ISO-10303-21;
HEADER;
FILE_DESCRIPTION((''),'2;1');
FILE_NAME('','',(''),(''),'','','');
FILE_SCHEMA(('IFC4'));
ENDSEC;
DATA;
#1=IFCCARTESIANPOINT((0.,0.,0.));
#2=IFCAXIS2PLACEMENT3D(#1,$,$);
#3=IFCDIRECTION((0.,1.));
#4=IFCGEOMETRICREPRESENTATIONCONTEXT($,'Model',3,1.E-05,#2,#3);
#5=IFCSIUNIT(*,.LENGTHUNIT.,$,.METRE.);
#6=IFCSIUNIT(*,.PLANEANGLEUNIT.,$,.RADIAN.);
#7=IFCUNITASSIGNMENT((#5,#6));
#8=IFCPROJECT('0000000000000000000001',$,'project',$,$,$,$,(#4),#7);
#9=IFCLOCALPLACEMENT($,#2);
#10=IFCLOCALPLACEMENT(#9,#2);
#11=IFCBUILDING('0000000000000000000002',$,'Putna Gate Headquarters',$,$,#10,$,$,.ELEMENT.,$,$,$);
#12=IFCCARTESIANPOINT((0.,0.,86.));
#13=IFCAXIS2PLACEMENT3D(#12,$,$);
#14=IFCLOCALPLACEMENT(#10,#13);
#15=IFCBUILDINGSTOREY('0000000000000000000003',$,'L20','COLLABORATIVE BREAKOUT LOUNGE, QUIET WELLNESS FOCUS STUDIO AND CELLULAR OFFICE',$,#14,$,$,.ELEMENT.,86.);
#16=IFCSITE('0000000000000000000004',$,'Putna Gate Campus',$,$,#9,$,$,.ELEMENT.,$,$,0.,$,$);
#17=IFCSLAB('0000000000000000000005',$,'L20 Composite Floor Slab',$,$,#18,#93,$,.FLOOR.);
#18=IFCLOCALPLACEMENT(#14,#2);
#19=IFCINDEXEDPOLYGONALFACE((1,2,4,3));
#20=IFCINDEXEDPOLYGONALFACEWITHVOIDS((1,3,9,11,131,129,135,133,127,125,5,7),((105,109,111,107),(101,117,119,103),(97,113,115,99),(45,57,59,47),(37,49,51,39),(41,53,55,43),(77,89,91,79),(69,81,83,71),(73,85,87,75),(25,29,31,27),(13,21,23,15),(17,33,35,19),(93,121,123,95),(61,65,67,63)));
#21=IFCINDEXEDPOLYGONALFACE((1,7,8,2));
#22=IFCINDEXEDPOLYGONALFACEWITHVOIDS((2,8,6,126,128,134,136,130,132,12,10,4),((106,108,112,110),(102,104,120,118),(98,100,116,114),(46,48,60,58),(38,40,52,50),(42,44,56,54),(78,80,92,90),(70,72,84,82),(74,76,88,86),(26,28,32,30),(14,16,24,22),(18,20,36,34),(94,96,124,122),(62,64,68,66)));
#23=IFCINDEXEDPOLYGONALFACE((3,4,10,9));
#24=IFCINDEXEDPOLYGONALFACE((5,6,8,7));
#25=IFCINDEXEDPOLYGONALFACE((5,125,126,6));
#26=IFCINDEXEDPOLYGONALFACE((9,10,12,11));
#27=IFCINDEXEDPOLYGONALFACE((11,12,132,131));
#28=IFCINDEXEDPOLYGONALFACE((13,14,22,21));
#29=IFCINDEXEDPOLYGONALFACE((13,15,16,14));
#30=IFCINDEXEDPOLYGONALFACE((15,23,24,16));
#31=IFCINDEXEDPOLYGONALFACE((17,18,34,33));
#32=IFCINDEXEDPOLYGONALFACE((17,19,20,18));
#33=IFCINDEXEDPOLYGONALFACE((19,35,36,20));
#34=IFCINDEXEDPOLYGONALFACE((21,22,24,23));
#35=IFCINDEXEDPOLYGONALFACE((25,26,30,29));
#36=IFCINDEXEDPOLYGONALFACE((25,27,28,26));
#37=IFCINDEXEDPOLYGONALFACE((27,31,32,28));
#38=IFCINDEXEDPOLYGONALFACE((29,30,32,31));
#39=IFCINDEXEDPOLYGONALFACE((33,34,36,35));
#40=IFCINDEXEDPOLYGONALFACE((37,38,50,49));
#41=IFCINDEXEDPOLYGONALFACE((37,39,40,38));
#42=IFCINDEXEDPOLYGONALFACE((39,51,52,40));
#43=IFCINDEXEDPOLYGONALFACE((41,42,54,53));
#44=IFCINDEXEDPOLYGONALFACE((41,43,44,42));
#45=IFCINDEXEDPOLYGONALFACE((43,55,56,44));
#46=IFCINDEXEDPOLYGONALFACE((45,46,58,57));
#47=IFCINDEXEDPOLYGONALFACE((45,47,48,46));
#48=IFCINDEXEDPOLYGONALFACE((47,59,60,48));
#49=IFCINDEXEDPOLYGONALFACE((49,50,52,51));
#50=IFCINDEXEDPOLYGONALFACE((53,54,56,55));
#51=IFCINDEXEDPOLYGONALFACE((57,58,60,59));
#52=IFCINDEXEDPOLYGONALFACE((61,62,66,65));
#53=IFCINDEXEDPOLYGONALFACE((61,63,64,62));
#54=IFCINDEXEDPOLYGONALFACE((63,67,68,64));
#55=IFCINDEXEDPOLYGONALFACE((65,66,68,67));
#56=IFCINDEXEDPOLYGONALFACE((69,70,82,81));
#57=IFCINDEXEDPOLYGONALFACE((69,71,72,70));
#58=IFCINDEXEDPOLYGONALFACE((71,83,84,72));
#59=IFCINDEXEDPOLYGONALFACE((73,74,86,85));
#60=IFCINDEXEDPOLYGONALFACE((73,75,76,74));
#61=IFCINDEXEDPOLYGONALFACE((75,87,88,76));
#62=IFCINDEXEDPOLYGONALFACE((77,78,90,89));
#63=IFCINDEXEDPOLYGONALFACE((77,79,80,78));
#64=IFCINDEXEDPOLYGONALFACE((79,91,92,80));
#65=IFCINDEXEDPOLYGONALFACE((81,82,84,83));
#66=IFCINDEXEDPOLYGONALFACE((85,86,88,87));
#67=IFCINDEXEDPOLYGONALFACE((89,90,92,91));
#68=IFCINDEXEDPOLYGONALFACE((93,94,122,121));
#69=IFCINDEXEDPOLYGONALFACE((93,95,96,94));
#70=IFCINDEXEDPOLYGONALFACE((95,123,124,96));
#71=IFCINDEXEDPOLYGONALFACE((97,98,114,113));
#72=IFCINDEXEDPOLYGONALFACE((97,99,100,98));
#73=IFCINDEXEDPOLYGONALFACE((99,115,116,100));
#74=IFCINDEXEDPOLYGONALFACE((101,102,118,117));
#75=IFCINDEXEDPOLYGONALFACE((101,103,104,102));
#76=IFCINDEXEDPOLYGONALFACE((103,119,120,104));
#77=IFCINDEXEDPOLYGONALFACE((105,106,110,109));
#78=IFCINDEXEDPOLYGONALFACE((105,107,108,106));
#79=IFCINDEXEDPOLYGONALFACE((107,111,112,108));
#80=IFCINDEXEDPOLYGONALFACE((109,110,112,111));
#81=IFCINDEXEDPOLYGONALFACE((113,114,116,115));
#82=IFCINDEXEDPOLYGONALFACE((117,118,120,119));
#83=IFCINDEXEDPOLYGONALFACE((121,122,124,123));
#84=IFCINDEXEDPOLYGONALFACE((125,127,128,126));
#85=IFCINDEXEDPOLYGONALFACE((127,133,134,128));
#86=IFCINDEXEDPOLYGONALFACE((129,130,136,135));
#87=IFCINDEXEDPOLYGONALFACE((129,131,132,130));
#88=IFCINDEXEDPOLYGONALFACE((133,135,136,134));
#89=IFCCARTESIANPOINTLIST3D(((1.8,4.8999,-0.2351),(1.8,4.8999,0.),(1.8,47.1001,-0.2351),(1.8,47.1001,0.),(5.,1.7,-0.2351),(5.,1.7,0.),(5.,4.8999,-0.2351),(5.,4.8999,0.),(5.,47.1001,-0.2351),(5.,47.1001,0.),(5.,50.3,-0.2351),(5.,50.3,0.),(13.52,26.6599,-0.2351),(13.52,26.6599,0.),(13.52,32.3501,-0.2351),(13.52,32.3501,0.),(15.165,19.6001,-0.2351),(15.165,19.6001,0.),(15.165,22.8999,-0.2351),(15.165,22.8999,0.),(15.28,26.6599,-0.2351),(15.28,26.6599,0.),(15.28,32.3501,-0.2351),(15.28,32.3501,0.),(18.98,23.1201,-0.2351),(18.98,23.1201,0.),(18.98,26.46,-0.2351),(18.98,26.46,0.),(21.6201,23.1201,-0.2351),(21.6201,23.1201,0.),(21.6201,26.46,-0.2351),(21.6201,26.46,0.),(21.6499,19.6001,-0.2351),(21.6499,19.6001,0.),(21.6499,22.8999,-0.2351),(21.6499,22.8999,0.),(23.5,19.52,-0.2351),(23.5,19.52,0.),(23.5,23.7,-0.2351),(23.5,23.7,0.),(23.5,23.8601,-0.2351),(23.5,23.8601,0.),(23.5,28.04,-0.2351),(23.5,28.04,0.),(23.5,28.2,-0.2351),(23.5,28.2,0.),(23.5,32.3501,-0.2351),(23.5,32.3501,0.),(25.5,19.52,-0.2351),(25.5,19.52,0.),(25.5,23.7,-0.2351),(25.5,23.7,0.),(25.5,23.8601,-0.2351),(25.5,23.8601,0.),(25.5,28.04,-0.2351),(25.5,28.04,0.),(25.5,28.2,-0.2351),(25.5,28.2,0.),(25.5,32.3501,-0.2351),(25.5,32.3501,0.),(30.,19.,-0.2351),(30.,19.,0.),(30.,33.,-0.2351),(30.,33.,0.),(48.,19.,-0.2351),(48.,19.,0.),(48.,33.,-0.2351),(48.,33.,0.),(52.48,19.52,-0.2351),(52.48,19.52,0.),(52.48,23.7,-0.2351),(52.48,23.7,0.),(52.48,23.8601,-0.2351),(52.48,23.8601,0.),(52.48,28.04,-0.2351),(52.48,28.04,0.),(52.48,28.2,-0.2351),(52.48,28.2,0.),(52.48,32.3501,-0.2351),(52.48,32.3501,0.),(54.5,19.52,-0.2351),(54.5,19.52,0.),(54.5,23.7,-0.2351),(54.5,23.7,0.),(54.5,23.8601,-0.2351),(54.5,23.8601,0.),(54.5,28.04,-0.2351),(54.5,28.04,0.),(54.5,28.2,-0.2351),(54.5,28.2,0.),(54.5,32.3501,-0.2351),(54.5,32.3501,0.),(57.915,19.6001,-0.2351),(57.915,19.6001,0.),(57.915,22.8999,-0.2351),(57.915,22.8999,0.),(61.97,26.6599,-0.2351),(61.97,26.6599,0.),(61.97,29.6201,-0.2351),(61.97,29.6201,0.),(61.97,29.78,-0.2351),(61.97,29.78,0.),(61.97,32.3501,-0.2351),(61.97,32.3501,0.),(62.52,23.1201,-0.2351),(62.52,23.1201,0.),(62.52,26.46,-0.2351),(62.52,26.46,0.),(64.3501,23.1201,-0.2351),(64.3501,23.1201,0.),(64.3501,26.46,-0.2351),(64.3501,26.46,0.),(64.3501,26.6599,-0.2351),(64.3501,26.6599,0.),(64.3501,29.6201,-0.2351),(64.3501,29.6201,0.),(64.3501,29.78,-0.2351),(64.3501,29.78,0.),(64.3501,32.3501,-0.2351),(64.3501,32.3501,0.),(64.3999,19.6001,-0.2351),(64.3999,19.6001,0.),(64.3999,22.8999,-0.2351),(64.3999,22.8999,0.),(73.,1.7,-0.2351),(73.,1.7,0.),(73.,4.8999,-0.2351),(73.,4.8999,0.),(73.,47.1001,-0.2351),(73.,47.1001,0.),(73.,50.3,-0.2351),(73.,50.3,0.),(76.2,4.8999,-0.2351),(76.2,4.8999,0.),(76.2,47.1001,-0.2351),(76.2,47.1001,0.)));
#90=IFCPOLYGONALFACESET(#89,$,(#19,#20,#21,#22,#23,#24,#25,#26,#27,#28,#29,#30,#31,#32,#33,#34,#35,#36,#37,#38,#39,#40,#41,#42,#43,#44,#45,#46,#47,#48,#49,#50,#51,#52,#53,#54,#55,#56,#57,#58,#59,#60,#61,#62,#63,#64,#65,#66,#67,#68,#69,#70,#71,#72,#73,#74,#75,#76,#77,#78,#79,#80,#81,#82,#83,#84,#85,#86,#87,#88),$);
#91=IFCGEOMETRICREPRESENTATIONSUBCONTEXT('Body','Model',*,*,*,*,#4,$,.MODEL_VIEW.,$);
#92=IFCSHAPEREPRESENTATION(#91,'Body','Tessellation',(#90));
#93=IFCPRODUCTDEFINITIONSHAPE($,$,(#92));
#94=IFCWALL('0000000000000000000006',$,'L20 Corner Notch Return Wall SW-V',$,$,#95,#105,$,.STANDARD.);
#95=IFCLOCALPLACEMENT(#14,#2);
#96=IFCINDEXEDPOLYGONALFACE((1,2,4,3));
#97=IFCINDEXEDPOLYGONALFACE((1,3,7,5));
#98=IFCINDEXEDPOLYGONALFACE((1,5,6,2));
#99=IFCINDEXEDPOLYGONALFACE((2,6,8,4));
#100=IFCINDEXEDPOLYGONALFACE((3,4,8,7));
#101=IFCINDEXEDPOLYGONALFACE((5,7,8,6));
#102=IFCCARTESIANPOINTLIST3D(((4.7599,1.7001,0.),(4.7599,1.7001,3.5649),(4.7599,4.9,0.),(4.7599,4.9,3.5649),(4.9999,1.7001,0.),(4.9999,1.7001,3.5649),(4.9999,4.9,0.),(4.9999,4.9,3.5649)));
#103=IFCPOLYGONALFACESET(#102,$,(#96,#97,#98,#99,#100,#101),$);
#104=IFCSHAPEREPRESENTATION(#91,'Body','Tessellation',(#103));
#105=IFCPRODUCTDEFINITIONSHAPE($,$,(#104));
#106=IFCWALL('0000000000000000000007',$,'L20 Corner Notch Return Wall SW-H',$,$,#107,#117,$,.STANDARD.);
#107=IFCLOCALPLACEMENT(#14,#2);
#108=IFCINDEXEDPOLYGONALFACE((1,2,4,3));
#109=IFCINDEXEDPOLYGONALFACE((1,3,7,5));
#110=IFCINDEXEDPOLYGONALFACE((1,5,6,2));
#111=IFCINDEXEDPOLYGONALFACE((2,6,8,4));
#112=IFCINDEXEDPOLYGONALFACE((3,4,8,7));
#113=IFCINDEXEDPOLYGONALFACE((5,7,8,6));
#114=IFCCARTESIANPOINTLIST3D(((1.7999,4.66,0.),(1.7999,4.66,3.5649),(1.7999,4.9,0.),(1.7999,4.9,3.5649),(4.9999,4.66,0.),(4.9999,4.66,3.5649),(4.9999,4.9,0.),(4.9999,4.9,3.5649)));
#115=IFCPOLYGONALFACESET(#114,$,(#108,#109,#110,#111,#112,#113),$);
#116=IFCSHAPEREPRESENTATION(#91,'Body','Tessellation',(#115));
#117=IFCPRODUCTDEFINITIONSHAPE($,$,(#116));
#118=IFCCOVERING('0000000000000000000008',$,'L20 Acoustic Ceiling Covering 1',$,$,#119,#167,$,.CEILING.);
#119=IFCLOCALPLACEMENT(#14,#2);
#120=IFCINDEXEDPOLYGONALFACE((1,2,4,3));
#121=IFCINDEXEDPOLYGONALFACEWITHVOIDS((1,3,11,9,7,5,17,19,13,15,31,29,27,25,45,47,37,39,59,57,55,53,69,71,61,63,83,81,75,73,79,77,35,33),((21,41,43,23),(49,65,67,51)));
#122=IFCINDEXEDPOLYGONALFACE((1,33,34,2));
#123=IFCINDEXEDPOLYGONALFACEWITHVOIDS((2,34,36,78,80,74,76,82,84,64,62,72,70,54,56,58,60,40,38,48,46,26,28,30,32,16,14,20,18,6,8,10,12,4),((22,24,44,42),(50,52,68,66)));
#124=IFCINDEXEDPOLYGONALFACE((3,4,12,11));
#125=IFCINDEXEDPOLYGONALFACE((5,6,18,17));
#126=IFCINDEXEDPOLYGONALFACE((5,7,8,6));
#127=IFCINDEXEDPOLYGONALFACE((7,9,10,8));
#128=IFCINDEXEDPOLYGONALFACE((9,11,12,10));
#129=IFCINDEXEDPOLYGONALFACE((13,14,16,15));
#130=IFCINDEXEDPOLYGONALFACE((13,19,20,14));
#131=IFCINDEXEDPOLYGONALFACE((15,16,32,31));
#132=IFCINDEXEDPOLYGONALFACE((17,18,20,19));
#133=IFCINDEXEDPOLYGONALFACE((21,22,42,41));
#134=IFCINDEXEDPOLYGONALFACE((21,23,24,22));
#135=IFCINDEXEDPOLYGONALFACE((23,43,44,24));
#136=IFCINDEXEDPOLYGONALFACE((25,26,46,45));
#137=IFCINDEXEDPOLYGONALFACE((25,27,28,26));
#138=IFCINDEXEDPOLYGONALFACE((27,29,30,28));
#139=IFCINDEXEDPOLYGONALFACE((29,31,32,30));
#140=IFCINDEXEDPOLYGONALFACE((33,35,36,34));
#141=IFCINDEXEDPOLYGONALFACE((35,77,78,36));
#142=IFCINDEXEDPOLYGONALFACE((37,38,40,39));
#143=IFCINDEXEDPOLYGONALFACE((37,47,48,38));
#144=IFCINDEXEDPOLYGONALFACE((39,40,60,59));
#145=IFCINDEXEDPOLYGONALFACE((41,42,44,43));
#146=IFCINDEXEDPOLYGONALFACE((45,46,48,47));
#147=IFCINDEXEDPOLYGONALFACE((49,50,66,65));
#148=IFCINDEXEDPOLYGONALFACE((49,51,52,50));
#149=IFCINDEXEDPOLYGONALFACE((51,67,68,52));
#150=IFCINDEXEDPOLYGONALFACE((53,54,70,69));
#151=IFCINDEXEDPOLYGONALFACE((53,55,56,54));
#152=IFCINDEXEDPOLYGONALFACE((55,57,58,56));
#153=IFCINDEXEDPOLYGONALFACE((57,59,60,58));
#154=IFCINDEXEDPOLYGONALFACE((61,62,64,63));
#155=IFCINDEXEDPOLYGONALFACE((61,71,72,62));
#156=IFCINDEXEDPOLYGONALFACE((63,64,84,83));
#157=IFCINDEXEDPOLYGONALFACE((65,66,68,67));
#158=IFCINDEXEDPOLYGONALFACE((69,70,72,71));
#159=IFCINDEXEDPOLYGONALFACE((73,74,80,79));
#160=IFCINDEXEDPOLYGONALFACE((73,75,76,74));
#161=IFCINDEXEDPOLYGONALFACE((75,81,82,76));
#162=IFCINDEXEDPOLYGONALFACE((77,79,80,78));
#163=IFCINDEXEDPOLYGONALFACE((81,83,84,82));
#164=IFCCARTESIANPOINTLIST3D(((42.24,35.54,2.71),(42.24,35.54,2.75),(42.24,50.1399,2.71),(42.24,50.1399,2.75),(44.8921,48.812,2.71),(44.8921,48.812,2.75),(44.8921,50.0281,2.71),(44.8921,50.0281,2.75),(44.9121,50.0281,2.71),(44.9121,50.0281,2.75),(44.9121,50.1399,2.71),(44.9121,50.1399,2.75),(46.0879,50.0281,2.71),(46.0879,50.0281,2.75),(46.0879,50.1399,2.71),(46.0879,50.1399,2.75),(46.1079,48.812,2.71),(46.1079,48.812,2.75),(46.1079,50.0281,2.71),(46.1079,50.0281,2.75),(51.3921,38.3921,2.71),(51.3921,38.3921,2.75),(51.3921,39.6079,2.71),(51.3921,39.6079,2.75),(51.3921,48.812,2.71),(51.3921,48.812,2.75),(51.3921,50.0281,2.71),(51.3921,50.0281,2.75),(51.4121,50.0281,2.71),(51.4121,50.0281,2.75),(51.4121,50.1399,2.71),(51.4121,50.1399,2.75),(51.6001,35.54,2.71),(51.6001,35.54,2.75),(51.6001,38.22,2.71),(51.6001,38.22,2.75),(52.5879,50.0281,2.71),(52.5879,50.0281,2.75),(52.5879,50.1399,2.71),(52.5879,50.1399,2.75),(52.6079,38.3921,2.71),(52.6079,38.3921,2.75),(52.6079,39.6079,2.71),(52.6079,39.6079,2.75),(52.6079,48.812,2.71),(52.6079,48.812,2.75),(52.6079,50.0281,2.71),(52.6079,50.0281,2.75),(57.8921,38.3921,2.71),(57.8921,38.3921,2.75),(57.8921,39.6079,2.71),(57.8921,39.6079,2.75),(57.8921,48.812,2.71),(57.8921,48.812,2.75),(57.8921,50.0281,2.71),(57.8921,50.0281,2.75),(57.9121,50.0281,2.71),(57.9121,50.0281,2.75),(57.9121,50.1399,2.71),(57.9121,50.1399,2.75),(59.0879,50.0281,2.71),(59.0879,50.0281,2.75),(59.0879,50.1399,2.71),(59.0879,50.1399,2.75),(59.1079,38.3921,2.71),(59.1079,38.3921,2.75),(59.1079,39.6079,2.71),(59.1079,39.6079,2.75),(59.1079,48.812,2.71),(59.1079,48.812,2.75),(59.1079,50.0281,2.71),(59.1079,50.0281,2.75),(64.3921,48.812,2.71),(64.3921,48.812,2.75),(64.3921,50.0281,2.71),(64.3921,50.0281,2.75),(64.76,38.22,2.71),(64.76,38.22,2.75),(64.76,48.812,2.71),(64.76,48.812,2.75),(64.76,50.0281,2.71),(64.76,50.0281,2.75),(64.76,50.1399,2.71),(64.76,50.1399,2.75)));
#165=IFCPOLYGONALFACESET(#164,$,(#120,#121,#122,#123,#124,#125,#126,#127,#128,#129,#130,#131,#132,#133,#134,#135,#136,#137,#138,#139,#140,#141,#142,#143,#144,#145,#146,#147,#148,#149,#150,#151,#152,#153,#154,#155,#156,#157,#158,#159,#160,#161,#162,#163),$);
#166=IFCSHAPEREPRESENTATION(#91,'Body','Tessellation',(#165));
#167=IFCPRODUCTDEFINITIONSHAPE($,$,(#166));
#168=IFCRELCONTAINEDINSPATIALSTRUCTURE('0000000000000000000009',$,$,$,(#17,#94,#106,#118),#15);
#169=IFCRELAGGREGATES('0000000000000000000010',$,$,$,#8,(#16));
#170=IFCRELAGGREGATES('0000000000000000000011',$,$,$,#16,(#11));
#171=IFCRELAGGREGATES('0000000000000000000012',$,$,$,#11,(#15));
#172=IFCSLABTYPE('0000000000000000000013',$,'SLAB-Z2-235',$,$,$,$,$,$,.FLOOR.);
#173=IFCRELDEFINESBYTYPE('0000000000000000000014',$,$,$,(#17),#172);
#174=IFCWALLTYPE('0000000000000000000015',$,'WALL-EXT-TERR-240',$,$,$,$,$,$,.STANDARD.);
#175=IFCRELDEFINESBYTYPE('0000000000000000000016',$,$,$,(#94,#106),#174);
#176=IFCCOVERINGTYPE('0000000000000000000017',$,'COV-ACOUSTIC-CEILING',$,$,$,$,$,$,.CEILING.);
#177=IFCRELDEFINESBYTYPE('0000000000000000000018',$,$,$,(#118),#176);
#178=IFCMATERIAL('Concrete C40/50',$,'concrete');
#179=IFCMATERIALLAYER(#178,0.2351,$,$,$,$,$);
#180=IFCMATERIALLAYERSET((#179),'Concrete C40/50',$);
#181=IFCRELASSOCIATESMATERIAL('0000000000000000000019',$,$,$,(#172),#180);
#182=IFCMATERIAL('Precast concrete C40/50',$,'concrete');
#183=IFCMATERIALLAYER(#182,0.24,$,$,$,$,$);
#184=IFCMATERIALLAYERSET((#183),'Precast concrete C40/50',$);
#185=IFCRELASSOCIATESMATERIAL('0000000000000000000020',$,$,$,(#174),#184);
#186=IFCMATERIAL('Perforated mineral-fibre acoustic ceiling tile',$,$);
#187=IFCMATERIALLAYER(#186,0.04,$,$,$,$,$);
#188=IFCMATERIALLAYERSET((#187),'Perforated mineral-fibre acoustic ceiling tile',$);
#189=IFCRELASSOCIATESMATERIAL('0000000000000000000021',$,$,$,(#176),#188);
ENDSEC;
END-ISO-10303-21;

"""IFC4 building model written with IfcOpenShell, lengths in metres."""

from ifc_helpers import new_model, si_unit, direction, frame, frame_2d, origin, place, context, subcontext, project, spatial, polyline, rectangle, outline, extrude, material, layer, layer_set, type_object, element, save


model = new_model("IFC4")

# Units and contexts
model_context = context("Model", 3, precision=1e-05, world=origin(), true_north=direction((0.0, 1.0)))
body_context = subcontext(model_context, "Body", "Model", "MODEL_VIEW")
ifc_project = project(units=[si_unit("LENGTHUNIT", "METRE"), si_unit("PLANEANGLEUNIT", "RADIAN")], contexts=[model_context])

# Site, building, storey
site_placement = place(None, origin())
site = spatial("IfcSite", under=ifc_project, at=site_placement, Name="Putna Gate Campus", CompositionType="ELEMENT", RefElevation=0.0)
building_placement = place(site_placement, origin())
building = spatial("IfcBuilding", under=site, at=building_placement, Name="Putna Gate Headquarters", CompositionType="ELEMENT")
storey_placement = place(building_placement, frame((0.0, 0.0, 86.0)))
storey = spatial("IfcBuildingStorey", under=building, at=storey_placement, Name="L20", Description="COLLABORATIVE BREAKOUT LOUNGE, QUIET WELLNESS FOCUS STUDIO AND CELLULAR OFFICE", CompositionType="ELEMENT", Elevation=86.0)

# Shared definitions
ifc_material_1 = material(Name="Concrete C40/50", Category="concrete")

# Slab
ifc_layer_1 = layer(ifc_material_1, 0.2351)
ifc_layer_set_1 = layer_set([ifc_layer_1], Name="Concrete C40/50")
slab_type_1 = type_object("IfcSlabType", Name="SLAB-Z2-235", PredefinedType="FLOOR", material=ifc_layer_set_1)
slab_1_placement = place(storey_placement, frame((0.0, 0.0, -0.2351)))
element("IfcSlab", 1, at=slab_1_placement, inside=storey, type_object=slab_type_1, Name="L20 Composite Floor Slab", PredefinedType="FLOOR", context=body_context, shape_type="SweptSolid", body=[
    extrude(outline(polyline([(5.0, 1.7), (73.0, 1.7), (73.0, 4.8999), (76.2, 4.8999), (76.2, 47.1001), (73.0, 47.1001), (73.0, 50.3), (5.0, 50.3), (5.0, 47.1001), (1.8, 47.1001), (1.8, 4.8999), (5.0, 4.8999), (5.0, 1.7)]), holes=[polyline([(15.165, 19.6001), (21.6499, 19.6001), (21.6499, 22.8999), (15.165, 22.8999), (15.165, 19.6001)]), polyline([(57.915, 19.6001), (64.3999, 19.6001), (64.3999, 22.8999), (57.915, 22.8999), (57.915, 19.6001)]), polyline([(13.52, 26.6599), (15.28, 26.6599), (15.28, 32.3501), (13.52, 32.3501), (13.52, 26.6599)]), polyline([(61.97, 29.78), (64.3501, 29.78), (64.3501, 32.3501), (61.97, 32.3501), (61.97, 29.78)]), polyline([(18.98, 23.1201), (21.6201, 23.1201), (21.6201, 26.46), (18.98, 26.46), (18.98, 23.1201)]), polyline([(62.52, 23.1201), (64.3501, 23.1201), (64.3501, 26.46), (62.52, 26.46), (62.52, 23.1201)]), polyline([(61.97, 26.6599), (64.3501, 26.6599), (64.3501, 29.6201), (61.97, 29.6201), (61.97, 26.6599)]), polyline([(23.5, 19.52), (25.5, 19.52), (25.5, 23.7), (23.5, 23.7), (23.5, 19.52)]), polyline([(52.48, 19.52), (54.5, 19.52), (54.5, 23.7), (52.48, 23.7), (52.48, 19.52)]), polyline([(23.5, 23.8601), (25.5, 23.8601), (25.5, 28.04), (23.5, 28.04), (23.5, 23.8601)]), polyline([(52.48, 23.8601), (54.5, 23.8601), (54.5, 28.04), (52.48, 28.04), (52.48, 23.8601)]), polyline([(23.5, 28.2), (25.5, 28.2), (25.5, 32.3501), (23.5, 32.3501), (23.5, 28.2)]), polyline([(52.48, 28.2), (54.5, 28.2), (54.5, 32.3501), (52.48, 32.3501), (52.48, 28.2)]), polyline([(30.0, 19.0), (48.0, 19.0), (48.0, 33.0), (30.0, 33.0), (30.0, 19.0)])]), origin(), (0.0, 0.0, 1.0), 0.2351),
])

# Walls
ifc_material_2 = material(Name="Precast concrete C40/50", Category="concrete")
ifc_layer_2 = layer(ifc_material_2, 0.24)
ifc_layer_set_2 = layer_set([ifc_layer_2], Name="Precast concrete C40/50")
wall_type = type_object("IfcWallType", Name="WALL-EXT-TERR-240", PredefinedType="STANDARD", material=ifc_layer_set_2)
for number, where, z_axis, x_axis, name in (
    (2, (4.8799, 1.7, 0.0), (0.0, 0.0, 1.0), (0.0, 1.0, 0.0), "L20 Corner Notch Return Wall SW-V"),
    (3, (5.0, 4.78, 0.0), (0.0, 0.0, 1.0), (-1.0, 0.0, 0.0), "L20 Corner Notch Return Wall SW-H"),
):
    element("IfcWall", number, at=place(storey_placement, frame(where, z_axis=z_axis, x_axis=x_axis)), inside=storey, type_object=wall_type, Name=name, PredefinedType="STANDARD", context=body_context, shape_type="SweptSolid", body=[
        extrude(rectangle(XDim=3.2, YDim=0.24, at=frame_2d((1.6001, 0.0))), origin(), (0.0, 0.0, 1.0), 3.5649),
    ])

# Covering
ifc_material_3 = material(Name="Perforated mineral-fibre acoustic ceiling tile")
ifc_layer_3 = layer(ifc_material_3, 0.04)
ifc_layer_set_3 = layer_set([ifc_layer_3], Name="Perforated mineral-fibre acoustic ceiling tile")
covering_type_1 = type_object("IfcCoveringType", Name="COV-ACOUSTIC-CEILING", PredefinedType="CEILING", material=ifc_layer_set_3)
covering_1_placement = place(storey_placement, frame((0.0, 0.0, 2.71)))
element("IfcCovering", 4, at=covering_1_placement, inside=storey, type_object=covering_type_1, Name="L20 Acoustic Ceiling Covering 1", PredefinedType="CEILING", context=body_context, shape_type="SweptSolid", body=[
    extrude(outline(polyline([(51.4121, 50.0281), (51.4121, 50.1399), (46.0879, 50.1399), (46.0879, 50.0281), (46.1079, 50.0281), (46.1079, 48.812), (44.8921, 48.812), (44.8921, 50.0281), (44.9121, 50.0281), (44.9121, 50.1399), (42.24, 50.1399), (42.24, 35.54), (51.6001, 35.54), (51.6001, 38.22), (64.76, 38.22), (64.76, 48.812), (64.3921, 48.812), (64.3921, 50.0281), (64.76, 50.0281), (64.76, 50.1399), (59.0879, 50.1399), (59.0879, 50.0281), (59.1079, 50.0281), (59.1079, 48.812), (57.8921, 48.812), (57.8921, 50.0281), (57.9121, 50.0281), (57.9121, 50.1399), (52.5879, 50.1399), (52.5879, 50.0281), (52.6079, 50.0281), (52.6079, 48.812), (51.3921, 48.812), (51.3921, 50.0281), (51.4121, 50.0281)]), holes=[polyline([(59.1079, 38.3921), (59.1079, 39.6079), (57.8921, 39.6079), (57.8921, 38.3921), (59.1079, 38.3921)]), polyline([(52.6079, 38.3921), (52.6079, 39.6079), (51.3921, 39.6079), (51.3921, 38.3921), (52.6079, 38.3921)])]), origin(), (0.0, 0.0, 1.0), 0.04),
])

save(model, "model.ifc")
